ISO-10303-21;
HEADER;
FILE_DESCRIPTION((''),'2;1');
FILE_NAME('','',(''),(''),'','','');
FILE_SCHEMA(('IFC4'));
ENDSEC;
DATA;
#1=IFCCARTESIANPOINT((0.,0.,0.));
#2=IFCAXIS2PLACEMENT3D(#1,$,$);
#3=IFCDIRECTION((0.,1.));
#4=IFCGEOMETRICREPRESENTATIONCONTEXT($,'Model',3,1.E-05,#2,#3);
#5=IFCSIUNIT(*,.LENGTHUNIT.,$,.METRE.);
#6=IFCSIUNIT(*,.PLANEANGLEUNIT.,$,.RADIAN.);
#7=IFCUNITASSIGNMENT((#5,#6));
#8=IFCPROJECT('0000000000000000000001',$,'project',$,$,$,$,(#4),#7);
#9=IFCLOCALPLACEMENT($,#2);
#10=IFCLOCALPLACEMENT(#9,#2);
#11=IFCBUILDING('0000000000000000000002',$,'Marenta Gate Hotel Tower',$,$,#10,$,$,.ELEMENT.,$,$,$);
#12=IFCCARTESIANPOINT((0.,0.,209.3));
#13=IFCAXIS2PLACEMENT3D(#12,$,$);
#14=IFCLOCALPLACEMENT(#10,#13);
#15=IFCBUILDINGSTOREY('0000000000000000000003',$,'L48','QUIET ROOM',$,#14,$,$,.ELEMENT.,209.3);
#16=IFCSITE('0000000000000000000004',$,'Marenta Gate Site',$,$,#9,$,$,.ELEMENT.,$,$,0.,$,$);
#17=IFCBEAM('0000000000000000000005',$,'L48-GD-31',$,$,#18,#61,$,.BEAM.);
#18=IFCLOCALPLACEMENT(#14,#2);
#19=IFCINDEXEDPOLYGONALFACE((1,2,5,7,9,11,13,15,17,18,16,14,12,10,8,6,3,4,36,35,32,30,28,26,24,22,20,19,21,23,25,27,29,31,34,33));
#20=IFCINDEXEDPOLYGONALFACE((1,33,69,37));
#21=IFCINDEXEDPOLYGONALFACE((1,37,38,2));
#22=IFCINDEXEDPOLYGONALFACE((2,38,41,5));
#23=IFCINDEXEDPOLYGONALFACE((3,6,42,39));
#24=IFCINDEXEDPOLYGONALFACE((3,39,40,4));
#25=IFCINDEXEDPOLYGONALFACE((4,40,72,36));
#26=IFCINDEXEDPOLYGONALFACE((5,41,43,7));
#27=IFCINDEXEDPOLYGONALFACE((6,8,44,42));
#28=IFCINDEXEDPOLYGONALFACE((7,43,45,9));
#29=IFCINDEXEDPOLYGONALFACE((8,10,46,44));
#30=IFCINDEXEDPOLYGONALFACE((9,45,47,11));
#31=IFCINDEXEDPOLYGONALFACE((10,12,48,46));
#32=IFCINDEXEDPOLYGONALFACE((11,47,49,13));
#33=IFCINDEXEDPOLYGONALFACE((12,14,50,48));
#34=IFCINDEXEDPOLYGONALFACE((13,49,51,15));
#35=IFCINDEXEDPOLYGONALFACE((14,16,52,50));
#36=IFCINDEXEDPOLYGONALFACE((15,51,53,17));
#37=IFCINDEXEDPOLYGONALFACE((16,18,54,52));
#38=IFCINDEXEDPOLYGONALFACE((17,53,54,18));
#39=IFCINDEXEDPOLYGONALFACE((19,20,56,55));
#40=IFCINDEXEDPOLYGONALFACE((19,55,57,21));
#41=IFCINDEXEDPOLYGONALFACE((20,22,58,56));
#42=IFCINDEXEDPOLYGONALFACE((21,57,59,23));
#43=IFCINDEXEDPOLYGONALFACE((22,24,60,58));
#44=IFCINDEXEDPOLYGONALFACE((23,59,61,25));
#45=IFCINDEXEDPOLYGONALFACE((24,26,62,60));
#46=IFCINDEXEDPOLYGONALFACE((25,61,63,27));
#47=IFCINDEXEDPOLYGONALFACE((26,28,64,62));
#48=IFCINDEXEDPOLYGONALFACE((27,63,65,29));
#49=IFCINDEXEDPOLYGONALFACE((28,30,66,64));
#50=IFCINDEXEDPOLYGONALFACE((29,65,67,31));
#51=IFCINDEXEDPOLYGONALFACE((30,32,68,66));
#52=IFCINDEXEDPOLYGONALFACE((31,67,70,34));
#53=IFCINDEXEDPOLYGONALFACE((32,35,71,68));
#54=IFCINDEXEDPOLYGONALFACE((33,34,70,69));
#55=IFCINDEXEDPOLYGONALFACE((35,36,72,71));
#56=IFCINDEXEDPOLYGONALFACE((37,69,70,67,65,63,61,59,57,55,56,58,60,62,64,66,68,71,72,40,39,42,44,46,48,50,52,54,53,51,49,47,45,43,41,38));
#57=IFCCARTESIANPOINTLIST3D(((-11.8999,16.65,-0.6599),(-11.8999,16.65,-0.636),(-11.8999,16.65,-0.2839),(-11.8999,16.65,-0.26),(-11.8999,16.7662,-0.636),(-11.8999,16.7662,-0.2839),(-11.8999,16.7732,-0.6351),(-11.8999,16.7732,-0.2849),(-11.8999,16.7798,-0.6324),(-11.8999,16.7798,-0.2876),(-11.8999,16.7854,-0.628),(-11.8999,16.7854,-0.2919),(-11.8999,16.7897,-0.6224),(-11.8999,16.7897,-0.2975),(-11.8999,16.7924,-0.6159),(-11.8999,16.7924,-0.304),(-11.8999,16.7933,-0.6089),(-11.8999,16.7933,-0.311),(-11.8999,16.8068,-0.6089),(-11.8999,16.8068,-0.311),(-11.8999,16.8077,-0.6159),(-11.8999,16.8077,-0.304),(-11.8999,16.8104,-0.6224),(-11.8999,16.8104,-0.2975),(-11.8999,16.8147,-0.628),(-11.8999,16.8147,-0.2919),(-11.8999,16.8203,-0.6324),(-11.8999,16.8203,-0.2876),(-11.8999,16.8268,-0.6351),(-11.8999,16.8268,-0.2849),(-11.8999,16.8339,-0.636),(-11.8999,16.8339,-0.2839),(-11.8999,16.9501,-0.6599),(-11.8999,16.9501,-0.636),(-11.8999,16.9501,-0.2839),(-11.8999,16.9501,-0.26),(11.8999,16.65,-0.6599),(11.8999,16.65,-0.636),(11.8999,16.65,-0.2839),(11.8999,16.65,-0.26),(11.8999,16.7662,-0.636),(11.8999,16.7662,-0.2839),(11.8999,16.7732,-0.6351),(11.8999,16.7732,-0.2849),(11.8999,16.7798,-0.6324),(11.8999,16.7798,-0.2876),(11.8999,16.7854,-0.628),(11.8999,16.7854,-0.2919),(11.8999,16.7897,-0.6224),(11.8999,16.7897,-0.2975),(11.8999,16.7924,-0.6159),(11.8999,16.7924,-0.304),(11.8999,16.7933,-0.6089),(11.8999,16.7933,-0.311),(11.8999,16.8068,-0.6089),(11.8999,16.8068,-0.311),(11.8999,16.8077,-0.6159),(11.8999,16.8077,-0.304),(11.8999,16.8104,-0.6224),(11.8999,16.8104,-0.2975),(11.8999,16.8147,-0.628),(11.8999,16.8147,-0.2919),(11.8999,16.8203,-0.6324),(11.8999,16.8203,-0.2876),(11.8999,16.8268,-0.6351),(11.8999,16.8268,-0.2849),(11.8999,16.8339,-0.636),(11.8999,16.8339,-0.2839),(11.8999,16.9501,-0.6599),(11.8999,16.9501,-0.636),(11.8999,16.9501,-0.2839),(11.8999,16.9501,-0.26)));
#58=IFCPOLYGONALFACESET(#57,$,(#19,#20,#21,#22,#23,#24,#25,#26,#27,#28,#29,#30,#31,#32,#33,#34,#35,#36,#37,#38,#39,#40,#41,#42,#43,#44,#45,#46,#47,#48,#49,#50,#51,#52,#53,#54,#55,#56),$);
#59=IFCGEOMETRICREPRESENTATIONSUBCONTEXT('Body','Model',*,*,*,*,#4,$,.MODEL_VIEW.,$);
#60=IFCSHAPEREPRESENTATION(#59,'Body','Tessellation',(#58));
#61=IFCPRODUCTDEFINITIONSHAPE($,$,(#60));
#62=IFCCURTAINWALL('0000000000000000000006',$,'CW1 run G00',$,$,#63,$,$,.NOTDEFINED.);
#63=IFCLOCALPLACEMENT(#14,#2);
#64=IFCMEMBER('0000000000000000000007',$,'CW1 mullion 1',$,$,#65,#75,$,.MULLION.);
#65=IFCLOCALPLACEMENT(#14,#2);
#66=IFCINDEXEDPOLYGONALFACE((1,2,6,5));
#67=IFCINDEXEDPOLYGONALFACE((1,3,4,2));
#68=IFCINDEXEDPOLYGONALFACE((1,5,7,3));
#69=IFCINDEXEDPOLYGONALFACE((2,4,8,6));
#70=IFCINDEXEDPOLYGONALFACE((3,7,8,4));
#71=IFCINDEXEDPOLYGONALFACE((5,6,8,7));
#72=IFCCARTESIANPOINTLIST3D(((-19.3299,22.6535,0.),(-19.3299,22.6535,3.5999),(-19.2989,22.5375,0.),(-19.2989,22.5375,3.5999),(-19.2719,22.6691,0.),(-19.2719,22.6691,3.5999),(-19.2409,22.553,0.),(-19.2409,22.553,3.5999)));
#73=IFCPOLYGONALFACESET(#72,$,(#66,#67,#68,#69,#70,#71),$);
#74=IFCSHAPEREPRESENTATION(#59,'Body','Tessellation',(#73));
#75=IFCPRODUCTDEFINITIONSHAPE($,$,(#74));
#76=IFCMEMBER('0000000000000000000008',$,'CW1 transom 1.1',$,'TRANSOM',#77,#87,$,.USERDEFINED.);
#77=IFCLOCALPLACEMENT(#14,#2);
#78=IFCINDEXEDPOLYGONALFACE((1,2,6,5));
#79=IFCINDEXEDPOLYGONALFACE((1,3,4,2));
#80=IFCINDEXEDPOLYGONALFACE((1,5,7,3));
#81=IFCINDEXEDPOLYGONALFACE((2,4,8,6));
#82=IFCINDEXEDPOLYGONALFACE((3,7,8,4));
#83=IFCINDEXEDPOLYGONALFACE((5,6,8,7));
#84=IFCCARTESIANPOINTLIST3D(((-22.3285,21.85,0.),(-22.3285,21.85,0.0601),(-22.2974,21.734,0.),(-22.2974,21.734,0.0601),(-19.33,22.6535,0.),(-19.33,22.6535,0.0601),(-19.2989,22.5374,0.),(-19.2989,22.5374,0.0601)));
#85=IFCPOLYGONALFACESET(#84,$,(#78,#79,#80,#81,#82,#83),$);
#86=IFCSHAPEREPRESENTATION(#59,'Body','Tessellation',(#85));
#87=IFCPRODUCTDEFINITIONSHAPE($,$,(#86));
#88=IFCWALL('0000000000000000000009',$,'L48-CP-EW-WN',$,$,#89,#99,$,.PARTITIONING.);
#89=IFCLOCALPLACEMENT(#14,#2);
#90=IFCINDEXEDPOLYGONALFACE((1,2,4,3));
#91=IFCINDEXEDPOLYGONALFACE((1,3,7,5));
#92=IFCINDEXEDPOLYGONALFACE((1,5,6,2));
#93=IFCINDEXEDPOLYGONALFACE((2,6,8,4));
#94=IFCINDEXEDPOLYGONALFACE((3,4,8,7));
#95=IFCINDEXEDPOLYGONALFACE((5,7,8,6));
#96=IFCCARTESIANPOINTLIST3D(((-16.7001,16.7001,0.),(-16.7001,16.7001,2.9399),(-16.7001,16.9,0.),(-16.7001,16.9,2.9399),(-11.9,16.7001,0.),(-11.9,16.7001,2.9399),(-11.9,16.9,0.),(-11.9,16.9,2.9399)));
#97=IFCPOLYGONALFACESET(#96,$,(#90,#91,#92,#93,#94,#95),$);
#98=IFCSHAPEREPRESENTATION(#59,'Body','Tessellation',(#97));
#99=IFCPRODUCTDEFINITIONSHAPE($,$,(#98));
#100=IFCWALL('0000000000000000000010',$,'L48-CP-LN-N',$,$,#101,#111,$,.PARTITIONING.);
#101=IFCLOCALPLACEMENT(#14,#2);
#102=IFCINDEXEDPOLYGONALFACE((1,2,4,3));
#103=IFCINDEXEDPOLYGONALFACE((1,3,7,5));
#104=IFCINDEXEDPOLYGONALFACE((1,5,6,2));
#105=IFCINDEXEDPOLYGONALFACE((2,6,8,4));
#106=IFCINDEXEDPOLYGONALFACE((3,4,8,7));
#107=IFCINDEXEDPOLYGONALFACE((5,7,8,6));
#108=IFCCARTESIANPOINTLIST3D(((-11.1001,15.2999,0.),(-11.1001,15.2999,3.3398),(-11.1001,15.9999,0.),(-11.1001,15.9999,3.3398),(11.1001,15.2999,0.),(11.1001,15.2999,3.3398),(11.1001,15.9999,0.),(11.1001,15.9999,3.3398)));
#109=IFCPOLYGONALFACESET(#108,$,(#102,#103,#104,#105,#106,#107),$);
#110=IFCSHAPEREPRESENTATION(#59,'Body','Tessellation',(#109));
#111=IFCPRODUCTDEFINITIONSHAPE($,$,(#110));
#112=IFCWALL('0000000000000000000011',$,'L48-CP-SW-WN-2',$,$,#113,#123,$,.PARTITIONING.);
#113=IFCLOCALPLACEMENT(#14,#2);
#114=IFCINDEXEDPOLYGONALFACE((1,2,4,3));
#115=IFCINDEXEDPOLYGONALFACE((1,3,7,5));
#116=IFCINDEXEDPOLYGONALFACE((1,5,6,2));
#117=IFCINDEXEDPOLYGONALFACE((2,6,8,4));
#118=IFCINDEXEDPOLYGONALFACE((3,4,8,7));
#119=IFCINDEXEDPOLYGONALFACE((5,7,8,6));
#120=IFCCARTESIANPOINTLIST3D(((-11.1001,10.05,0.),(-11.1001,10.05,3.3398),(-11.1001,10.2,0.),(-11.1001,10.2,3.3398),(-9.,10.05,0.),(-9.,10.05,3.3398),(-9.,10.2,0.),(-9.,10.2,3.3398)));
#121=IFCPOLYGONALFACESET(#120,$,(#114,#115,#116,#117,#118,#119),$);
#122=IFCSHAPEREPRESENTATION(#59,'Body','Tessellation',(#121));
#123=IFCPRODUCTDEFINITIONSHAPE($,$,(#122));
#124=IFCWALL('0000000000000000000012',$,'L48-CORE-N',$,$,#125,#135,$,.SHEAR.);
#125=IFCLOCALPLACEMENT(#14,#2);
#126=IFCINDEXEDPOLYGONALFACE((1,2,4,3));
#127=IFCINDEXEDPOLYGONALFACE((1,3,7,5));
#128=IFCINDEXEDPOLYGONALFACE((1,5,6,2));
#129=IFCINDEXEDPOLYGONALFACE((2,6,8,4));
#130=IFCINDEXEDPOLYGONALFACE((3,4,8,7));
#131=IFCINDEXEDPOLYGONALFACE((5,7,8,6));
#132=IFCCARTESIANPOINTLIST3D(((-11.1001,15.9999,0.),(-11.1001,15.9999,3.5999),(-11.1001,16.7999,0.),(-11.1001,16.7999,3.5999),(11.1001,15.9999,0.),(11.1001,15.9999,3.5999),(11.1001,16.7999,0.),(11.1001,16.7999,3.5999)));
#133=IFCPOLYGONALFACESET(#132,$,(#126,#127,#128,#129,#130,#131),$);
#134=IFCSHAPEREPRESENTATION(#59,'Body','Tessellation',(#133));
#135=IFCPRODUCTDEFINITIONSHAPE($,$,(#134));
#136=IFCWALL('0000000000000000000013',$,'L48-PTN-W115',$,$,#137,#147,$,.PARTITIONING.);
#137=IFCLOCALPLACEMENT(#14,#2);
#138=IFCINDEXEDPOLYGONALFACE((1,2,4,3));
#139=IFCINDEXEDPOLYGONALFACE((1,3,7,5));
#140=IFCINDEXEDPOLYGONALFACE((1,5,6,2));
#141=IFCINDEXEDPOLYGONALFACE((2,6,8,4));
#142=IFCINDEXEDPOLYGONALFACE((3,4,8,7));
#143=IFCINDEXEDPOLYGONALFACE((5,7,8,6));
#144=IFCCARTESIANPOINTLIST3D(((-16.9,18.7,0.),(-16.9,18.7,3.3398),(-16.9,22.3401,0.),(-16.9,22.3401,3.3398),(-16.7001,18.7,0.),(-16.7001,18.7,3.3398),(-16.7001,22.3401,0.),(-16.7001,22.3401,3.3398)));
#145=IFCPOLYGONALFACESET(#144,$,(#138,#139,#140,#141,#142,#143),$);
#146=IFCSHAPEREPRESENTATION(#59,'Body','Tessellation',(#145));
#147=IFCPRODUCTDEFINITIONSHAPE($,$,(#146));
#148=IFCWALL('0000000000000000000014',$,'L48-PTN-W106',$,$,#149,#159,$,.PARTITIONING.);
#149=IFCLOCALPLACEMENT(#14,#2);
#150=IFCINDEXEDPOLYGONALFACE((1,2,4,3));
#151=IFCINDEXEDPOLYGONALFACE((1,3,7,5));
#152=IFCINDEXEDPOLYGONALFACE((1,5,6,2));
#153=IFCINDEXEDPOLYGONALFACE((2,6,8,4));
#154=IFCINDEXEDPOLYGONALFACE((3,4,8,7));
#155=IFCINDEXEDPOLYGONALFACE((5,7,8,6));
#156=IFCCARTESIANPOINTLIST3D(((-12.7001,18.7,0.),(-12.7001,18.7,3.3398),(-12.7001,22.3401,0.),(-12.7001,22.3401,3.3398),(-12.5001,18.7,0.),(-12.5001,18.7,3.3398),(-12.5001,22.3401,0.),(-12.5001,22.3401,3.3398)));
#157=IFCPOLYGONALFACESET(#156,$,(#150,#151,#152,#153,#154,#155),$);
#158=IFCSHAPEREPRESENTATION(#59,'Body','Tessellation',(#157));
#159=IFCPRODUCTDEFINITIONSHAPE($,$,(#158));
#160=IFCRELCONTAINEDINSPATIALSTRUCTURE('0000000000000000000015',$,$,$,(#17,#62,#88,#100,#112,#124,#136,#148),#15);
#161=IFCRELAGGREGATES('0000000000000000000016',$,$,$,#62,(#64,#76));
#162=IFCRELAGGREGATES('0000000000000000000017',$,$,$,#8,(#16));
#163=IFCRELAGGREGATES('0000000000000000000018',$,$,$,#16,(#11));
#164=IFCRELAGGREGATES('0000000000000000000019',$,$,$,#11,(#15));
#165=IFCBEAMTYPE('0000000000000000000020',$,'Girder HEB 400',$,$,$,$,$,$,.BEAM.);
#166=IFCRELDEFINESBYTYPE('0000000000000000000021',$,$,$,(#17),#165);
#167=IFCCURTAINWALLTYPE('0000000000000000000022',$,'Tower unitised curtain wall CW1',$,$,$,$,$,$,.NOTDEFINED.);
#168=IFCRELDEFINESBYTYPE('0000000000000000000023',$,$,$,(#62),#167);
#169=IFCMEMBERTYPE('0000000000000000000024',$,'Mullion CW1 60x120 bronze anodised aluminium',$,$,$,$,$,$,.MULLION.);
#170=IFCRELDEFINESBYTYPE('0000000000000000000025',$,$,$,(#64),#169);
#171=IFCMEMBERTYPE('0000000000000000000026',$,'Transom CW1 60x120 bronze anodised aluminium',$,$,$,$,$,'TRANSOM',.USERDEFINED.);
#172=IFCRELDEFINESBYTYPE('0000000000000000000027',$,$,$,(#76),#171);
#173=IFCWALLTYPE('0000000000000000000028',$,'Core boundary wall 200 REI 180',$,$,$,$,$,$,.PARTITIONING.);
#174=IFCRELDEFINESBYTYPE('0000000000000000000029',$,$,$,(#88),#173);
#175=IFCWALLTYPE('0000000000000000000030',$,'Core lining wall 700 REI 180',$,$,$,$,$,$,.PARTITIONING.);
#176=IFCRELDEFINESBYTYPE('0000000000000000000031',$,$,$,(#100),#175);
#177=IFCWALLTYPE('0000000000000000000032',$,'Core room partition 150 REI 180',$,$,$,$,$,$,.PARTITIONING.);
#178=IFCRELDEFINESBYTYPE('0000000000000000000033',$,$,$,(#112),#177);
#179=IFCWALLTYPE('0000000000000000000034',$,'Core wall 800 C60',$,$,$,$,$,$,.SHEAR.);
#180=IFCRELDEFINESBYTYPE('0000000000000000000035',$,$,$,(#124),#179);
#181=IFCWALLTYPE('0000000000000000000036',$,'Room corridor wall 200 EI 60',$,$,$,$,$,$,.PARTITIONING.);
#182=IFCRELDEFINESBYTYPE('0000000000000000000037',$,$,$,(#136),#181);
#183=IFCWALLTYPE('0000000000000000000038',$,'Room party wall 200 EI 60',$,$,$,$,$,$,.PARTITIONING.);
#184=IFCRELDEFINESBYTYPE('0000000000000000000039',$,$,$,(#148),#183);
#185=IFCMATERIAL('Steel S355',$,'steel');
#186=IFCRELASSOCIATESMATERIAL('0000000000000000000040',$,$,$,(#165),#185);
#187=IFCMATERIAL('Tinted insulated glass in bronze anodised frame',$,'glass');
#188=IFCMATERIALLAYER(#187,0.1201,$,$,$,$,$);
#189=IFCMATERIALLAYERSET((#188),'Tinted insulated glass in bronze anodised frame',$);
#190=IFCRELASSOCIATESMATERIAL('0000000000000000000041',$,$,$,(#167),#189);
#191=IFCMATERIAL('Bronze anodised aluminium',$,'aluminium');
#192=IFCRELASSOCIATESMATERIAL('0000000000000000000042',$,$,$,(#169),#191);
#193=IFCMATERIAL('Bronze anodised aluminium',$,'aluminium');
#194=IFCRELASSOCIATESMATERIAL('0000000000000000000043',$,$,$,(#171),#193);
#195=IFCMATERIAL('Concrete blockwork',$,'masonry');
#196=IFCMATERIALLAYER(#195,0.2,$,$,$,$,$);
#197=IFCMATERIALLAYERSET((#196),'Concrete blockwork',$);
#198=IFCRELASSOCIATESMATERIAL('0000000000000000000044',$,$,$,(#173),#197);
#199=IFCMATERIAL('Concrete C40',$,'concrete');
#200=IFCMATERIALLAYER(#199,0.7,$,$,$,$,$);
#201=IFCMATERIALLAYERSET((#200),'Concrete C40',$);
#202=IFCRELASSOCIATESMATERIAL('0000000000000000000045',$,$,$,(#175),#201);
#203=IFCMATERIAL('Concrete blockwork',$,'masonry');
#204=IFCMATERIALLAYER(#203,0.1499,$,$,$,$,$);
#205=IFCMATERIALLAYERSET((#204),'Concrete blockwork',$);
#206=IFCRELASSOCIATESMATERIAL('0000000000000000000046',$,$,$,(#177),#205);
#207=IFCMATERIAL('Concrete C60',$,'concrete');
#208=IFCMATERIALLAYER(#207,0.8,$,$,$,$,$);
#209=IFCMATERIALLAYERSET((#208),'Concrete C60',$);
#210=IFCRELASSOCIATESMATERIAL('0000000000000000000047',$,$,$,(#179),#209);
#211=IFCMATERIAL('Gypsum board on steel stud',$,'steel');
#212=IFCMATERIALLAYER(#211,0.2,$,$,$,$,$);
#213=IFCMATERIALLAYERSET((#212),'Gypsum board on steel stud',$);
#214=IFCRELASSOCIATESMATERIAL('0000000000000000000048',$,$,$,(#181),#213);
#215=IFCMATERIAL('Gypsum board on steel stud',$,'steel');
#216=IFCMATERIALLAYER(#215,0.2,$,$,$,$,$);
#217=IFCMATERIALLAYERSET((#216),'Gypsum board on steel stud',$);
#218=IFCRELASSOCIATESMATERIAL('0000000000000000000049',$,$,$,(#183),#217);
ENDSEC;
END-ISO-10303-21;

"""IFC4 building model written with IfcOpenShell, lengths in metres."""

from ifc_helpers import new_model, si_unit, direction, frame, frame_2d, origin, origin_2d, place, context, subcontext, project, spatial, rectangle, i_section, extrude, material, layer, layer_set, material_profile, profile_set, type_object, element, aggregate, save


model = new_model("IFC4")

# Units and contexts
model_context = context("Model", 3, precision=1e-05, world=origin(), true_north=direction((0.0, 1.0)))
body_context = subcontext(model_context, "Body", "Model", "MODEL_VIEW")
ifc_project = project(units=[si_unit("LENGTHUNIT", "METRE"), si_unit("PLANEANGLEUNIT", "RADIAN")], contexts=[model_context])

# Site, building, storey
site_placement = place(None, origin())
site = spatial("IfcSite", under=ifc_project, at=site_placement, Name="Marenta Gate Site", CompositionType="ELEMENT", RefElevation=0.0)
building_placement = place(site_placement, origin())
building = spatial("IfcBuilding", under=site, at=building_placement, Name="Marenta Gate Hotel Tower", CompositionType="ELEMENT")
storey_placement = place(building_placement, frame((0.0, 0.0, 209.3)))
storey = spatial("IfcBuildingStorey", under=building, at=storey_placement, Name="L48", Description="QUIET ROOM", CompositionType="ELEMENT", Elevation=209.3)

# Beam
ifc_material_1 = material(Name="Steel S355", Category="steel")
ifc_material_profile_1 = material_profile(ifc_material_1, i_section(OverallWidth=0.3, OverallDepth=0.3999, WebThickness=0.0134, FlangeThickness=0.0239, FilletRadius=0.0271, at=origin_2d()), Name="HEB 400")
ifc_profile_set_1 = profile_set([ifc_material_profile_1], Name="Steel S355")
beam_type_1 = type_object("IfcBeamType", Name="Girder HEB 400", PredefinedType="BEAM", material=ifc_profile_set_1)
beam_1_placement = place(storey_placement, frame((-11.8999, 16.8, -0.46), z_axis=(1.0, 0.0, 0.0), x_axis=(0.0, 1.0, 0.0)))
element("IfcBeam", 1, at=beam_1_placement, inside=storey, type_object=beam_type_1, Name="L48-GD-31", PredefinedType="BEAM", context=body_context, shape_type="SweptSolid", body=[
    extrude(i_section(OverallWidth=0.3, OverallDepth=0.3999, WebThickness=0.0134, FlangeThickness=0.0239, FilletRadius=0.0271, at=origin_2d()), origin(), (0.0, 0.0, 1.0), 23.7998),
])

# Curtain wall, members
ifc_material_2 = material(Name="Tinted insulated glass in bronze anodised frame", Category="glass")
ifc_layer_1 = layer(ifc_material_2, 0.1201)
ifc_layer_set_1 = layer_set([ifc_layer_1], Name="Tinted insulated glass in bronze anodised frame")
curtain_wall_type = type_object("IfcCurtainWallType", Name="Tower unitised curtain wall CW1", PredefinedType="NOTDEFINED", material=ifc_layer_set_1)
curtain_wall_placement = place(storey_placement, origin())
curtain_wall = element("IfcCurtainWall", 2, at=curtain_wall_placement, inside=storey, type_object=curtain_wall_type, Name="CW1 run G00", PredefinedType="NOTDEFINED")
ifc_material_3 = material(Name="Bronze anodised aluminium", Category="aluminium")
ifc_material_profile_2 = material_profile(ifc_material_3, rectangle(XDim=0.1201, YDim=0.0601, at=origin_2d()), Name="Mullion CW1 60x120 bronze anodised aluminium")
ifc_profile_set_2 = profile_set([ifc_material_profile_2], Name="Bronze anodised aluminium")
member_type_1 = type_object("IfcMemberType", Name="Mullion CW1 60x120 bronze anodised aluminium", PredefinedType="MULLION", material=ifc_profile_set_2)
member_1_placement = place(storey_placement, frame((-19.2854, 22.6033, 0.0), z_axis=(0.0, 0.0, 1.0), x_axis=(0.258801, -0.965931, 0.0)))
member_1 = element("IfcMember", 3, at=member_1_placement, type_object=member_type_1, Name="CW1 mullion 1", PredefinedType="MULLION", context=body_context, shape_type="SweptSolid", body=[
    extrude(rectangle(XDim=0.1201, YDim=0.0601, at=origin_2d()), origin(), (0.0, 0.0, 1.0), 3.5999),
])
ifc_material_4 = material(Name="Bronze anodised aluminium", Category="aluminium")
ifc_material_profile_3 = material_profile(ifc_material_4, rectangle(XDim=0.1201, YDim=0.0601, at=origin_2d()), Name="Transom CW1 60x120 bronze anodised aluminium")
ifc_profile_set_3 = profile_set([ifc_material_profile_3], Name="Bronze anodised aluminium")
member_type_2 = type_object("IfcMemberType", Name="Transom CW1 60x120 bronze anodised aluminium", ElementType="TRANSOM", PredefinedType="USERDEFINED", material=ifc_profile_set_3)
member_2_placement = place(storey_placement, frame((-19.3145, 22.5955, 0.03), z_axis=(-0.965925, -0.258823, 0.0), x_axis=(0.258823, -0.965925, 0.0)))
member_2 = element("IfcMember", 4, at=member_2_placement, type_object=member_type_2, Name="CW1 transom 1.1", ObjectType="TRANSOM", PredefinedType="USERDEFINED", context=body_context, shape_type="SweptSolid", body=[
    extrude(rectangle(XDim=0.1201, YDim=0.0601, at=origin_2d()), origin(), (0.0, 0.0, 1.0), 3.1042),
])
aggregate(curtain_wall, [member_1, member_2])

# Walls
ifc_material_5 = material(Name="Concrete blockwork", Category="masonry")
ifc_layer_2 = layer(ifc_material_5, 0.2)
ifc_layer_set_2 = layer_set([ifc_layer_2], Name="Concrete blockwork")
wall_type_1 = type_object("IfcWallType", Name="Core boundary wall 200 REI 180", PredefinedType="PARTITIONING", material=ifc_layer_set_2)
wall_1_placement = place(storey_placement, frame((-16.7, 16.8, 0.0), z_axis=(0.0, 0.0, 1.0), x_axis=(1.0, 0.0, 0.0)))
element("IfcWall", 5, at=wall_1_placement, inside=storey, type_object=wall_type_1, Name="L48-CP-EW-WN", PredefinedType="PARTITIONING", context=body_context, shape_type="SweptSolid", body=[
    extrude(rectangle(XDim=4.8, YDim=0.2, at=frame_2d((2.3999, 0.0))), origin(), (0.0, 0.0, 1.0), 2.9399),
])
ifc_material_6 = material(Name="Concrete C40", Category="concrete")
ifc_layer_3 = layer(ifc_material_6, 0.7)
ifc_layer_set_3 = layer_set([ifc_layer_3], Name="Concrete C40")
wall_type_2 = type_object("IfcWallType", Name="Core lining wall 700 REI 180", PredefinedType="PARTITIONING", material=ifc_layer_set_3)
wall_2_placement = place(storey_placement, frame((-11.1001, 15.6499, 0.0), z_axis=(0.0, 0.0, 1.0), x_axis=(1.0, 0.0, 0.0)))
element("IfcWall", 6, at=wall_2_placement, inside=storey, type_object=wall_type_2, Name="L48-CP-LN-N", PredefinedType="PARTITIONING", context=body_context, shape_type="SweptSolid", body=[
    extrude(rectangle(XDim=22.2002, YDim=0.7, at=frame_2d((11.1001, 0.0))), origin(), (0.0, 0.0, 1.0), 3.3398),
])
ifc_material_7 = material(Name="Concrete blockwork", Category="masonry")
ifc_layer_4 = layer(ifc_material_7, 0.1499)
ifc_layer_set_4 = layer_set([ifc_layer_4], Name="Concrete blockwork")
wall_type_3 = type_object("IfcWallType", Name="Core room partition 150 REI 180", PredefinedType="PARTITIONING", material=ifc_layer_set_4)
wall_3_placement = place(storey_placement, frame((-11.1001, 10.125, 0.0), z_axis=(0.0, 0.0, 1.0), x_axis=(1.0, 0.0, 0.0)))
element("IfcWall", 7, at=wall_3_placement, inside=storey, type_object=wall_type_3, Name="L48-CP-SW-WN-2", PredefinedType="PARTITIONING", context=body_context, shape_type="SweptSolid", body=[
    extrude(rectangle(XDim=2.1001, YDim=0.1499, at=frame_2d((1.05, 0.0))), origin(), (0.0, 0.0, 1.0), 3.3398),
])
ifc_material_8 = material(Name="Concrete C60", Category="concrete")
ifc_layer_5 = layer(ifc_material_8, 0.8)
ifc_layer_set_5 = layer_set([ifc_layer_5], Name="Concrete C60")
wall_type_4 = type_object("IfcWallType", Name="Core wall 800 C60", PredefinedType="SHEAR", material=ifc_layer_set_5)
wall_4_placement = place(storey_placement, frame((-11.1001, 16.3999, 0.0), z_axis=(0.0, 0.0, 1.0), x_axis=(1.0, 0.0, 0.0)))
element("IfcWall", 8, at=wall_4_placement, inside=storey, type_object=wall_type_4, Name="L48-CORE-N", PredefinedType="SHEAR", context=body_context, shape_type="SweptSolid", body=[
    extrude(rectangle(XDim=22.2002, YDim=0.8, at=frame_2d((11.1001, 0.0))), origin(), (0.0, 0.0, 1.0), 3.5999),
])
ifc_material_9 = material(Name="Gypsum board on steel stud", Category="steel")
ifc_layer_6 = layer(ifc_material_9, 0.2)
ifc_layer_set_6 = layer_set([ifc_layer_6], Name="Gypsum board on steel stud")
wall_type_5 = type_object("IfcWallType", Name="Room corridor wall 200 EI 60", PredefinedType="PARTITIONING", material=ifc_layer_set_6)
wall_5_placement = place(storey_placement, frame((-16.8, 18.7, 0.0), z_axis=(0.0, 0.0, 1.0), x_axis=(0.0, 1.0, 0.0)))
element("IfcWall", 9, at=wall_5_placement, inside=storey, type_object=wall_type_5, Name="L48-PTN-W115", PredefinedType="PARTITIONING", context=body_context, shape_type="SweptSolid", body=[
    extrude(rectangle(XDim=3.6401, YDim=0.2, at=frame_2d((1.8201, 0.0))), origin(), (0.0, 0.0, 1.0), 3.3398),
])

# Wall
ifc_material_10 = material(Name="Gypsum board on steel stud", Category="steel")
ifc_layer_7 = layer(ifc_material_10, 0.2)
ifc_layer_set_7 = layer_set([ifc_layer_7], Name="Gypsum board on steel stud")
wall_type_6 = type_object("IfcWallType", Name="Room party wall 200 EI 60", PredefinedType="PARTITIONING", material=ifc_layer_set_7)
wall_6_placement = place(storey_placement, frame((-12.6001, 18.7, 0.0), z_axis=(0.0, 0.0, 1.0), x_axis=(0.0, 1.0, 0.0)))
element("IfcWall", 10, at=wall_6_placement, inside=storey, type_object=wall_type_6, Name="L48-PTN-W106", PredefinedType="PARTITIONING", context=body_context, shape_type="SweptSolid", body=[
    extrude(rectangle(XDim=3.6401, YDim=0.2, at=frame_2d((1.8201, 0.0))), origin(), (0.0, 0.0, 1.0), 3.3398),
])

save(model, "model.ifc")
